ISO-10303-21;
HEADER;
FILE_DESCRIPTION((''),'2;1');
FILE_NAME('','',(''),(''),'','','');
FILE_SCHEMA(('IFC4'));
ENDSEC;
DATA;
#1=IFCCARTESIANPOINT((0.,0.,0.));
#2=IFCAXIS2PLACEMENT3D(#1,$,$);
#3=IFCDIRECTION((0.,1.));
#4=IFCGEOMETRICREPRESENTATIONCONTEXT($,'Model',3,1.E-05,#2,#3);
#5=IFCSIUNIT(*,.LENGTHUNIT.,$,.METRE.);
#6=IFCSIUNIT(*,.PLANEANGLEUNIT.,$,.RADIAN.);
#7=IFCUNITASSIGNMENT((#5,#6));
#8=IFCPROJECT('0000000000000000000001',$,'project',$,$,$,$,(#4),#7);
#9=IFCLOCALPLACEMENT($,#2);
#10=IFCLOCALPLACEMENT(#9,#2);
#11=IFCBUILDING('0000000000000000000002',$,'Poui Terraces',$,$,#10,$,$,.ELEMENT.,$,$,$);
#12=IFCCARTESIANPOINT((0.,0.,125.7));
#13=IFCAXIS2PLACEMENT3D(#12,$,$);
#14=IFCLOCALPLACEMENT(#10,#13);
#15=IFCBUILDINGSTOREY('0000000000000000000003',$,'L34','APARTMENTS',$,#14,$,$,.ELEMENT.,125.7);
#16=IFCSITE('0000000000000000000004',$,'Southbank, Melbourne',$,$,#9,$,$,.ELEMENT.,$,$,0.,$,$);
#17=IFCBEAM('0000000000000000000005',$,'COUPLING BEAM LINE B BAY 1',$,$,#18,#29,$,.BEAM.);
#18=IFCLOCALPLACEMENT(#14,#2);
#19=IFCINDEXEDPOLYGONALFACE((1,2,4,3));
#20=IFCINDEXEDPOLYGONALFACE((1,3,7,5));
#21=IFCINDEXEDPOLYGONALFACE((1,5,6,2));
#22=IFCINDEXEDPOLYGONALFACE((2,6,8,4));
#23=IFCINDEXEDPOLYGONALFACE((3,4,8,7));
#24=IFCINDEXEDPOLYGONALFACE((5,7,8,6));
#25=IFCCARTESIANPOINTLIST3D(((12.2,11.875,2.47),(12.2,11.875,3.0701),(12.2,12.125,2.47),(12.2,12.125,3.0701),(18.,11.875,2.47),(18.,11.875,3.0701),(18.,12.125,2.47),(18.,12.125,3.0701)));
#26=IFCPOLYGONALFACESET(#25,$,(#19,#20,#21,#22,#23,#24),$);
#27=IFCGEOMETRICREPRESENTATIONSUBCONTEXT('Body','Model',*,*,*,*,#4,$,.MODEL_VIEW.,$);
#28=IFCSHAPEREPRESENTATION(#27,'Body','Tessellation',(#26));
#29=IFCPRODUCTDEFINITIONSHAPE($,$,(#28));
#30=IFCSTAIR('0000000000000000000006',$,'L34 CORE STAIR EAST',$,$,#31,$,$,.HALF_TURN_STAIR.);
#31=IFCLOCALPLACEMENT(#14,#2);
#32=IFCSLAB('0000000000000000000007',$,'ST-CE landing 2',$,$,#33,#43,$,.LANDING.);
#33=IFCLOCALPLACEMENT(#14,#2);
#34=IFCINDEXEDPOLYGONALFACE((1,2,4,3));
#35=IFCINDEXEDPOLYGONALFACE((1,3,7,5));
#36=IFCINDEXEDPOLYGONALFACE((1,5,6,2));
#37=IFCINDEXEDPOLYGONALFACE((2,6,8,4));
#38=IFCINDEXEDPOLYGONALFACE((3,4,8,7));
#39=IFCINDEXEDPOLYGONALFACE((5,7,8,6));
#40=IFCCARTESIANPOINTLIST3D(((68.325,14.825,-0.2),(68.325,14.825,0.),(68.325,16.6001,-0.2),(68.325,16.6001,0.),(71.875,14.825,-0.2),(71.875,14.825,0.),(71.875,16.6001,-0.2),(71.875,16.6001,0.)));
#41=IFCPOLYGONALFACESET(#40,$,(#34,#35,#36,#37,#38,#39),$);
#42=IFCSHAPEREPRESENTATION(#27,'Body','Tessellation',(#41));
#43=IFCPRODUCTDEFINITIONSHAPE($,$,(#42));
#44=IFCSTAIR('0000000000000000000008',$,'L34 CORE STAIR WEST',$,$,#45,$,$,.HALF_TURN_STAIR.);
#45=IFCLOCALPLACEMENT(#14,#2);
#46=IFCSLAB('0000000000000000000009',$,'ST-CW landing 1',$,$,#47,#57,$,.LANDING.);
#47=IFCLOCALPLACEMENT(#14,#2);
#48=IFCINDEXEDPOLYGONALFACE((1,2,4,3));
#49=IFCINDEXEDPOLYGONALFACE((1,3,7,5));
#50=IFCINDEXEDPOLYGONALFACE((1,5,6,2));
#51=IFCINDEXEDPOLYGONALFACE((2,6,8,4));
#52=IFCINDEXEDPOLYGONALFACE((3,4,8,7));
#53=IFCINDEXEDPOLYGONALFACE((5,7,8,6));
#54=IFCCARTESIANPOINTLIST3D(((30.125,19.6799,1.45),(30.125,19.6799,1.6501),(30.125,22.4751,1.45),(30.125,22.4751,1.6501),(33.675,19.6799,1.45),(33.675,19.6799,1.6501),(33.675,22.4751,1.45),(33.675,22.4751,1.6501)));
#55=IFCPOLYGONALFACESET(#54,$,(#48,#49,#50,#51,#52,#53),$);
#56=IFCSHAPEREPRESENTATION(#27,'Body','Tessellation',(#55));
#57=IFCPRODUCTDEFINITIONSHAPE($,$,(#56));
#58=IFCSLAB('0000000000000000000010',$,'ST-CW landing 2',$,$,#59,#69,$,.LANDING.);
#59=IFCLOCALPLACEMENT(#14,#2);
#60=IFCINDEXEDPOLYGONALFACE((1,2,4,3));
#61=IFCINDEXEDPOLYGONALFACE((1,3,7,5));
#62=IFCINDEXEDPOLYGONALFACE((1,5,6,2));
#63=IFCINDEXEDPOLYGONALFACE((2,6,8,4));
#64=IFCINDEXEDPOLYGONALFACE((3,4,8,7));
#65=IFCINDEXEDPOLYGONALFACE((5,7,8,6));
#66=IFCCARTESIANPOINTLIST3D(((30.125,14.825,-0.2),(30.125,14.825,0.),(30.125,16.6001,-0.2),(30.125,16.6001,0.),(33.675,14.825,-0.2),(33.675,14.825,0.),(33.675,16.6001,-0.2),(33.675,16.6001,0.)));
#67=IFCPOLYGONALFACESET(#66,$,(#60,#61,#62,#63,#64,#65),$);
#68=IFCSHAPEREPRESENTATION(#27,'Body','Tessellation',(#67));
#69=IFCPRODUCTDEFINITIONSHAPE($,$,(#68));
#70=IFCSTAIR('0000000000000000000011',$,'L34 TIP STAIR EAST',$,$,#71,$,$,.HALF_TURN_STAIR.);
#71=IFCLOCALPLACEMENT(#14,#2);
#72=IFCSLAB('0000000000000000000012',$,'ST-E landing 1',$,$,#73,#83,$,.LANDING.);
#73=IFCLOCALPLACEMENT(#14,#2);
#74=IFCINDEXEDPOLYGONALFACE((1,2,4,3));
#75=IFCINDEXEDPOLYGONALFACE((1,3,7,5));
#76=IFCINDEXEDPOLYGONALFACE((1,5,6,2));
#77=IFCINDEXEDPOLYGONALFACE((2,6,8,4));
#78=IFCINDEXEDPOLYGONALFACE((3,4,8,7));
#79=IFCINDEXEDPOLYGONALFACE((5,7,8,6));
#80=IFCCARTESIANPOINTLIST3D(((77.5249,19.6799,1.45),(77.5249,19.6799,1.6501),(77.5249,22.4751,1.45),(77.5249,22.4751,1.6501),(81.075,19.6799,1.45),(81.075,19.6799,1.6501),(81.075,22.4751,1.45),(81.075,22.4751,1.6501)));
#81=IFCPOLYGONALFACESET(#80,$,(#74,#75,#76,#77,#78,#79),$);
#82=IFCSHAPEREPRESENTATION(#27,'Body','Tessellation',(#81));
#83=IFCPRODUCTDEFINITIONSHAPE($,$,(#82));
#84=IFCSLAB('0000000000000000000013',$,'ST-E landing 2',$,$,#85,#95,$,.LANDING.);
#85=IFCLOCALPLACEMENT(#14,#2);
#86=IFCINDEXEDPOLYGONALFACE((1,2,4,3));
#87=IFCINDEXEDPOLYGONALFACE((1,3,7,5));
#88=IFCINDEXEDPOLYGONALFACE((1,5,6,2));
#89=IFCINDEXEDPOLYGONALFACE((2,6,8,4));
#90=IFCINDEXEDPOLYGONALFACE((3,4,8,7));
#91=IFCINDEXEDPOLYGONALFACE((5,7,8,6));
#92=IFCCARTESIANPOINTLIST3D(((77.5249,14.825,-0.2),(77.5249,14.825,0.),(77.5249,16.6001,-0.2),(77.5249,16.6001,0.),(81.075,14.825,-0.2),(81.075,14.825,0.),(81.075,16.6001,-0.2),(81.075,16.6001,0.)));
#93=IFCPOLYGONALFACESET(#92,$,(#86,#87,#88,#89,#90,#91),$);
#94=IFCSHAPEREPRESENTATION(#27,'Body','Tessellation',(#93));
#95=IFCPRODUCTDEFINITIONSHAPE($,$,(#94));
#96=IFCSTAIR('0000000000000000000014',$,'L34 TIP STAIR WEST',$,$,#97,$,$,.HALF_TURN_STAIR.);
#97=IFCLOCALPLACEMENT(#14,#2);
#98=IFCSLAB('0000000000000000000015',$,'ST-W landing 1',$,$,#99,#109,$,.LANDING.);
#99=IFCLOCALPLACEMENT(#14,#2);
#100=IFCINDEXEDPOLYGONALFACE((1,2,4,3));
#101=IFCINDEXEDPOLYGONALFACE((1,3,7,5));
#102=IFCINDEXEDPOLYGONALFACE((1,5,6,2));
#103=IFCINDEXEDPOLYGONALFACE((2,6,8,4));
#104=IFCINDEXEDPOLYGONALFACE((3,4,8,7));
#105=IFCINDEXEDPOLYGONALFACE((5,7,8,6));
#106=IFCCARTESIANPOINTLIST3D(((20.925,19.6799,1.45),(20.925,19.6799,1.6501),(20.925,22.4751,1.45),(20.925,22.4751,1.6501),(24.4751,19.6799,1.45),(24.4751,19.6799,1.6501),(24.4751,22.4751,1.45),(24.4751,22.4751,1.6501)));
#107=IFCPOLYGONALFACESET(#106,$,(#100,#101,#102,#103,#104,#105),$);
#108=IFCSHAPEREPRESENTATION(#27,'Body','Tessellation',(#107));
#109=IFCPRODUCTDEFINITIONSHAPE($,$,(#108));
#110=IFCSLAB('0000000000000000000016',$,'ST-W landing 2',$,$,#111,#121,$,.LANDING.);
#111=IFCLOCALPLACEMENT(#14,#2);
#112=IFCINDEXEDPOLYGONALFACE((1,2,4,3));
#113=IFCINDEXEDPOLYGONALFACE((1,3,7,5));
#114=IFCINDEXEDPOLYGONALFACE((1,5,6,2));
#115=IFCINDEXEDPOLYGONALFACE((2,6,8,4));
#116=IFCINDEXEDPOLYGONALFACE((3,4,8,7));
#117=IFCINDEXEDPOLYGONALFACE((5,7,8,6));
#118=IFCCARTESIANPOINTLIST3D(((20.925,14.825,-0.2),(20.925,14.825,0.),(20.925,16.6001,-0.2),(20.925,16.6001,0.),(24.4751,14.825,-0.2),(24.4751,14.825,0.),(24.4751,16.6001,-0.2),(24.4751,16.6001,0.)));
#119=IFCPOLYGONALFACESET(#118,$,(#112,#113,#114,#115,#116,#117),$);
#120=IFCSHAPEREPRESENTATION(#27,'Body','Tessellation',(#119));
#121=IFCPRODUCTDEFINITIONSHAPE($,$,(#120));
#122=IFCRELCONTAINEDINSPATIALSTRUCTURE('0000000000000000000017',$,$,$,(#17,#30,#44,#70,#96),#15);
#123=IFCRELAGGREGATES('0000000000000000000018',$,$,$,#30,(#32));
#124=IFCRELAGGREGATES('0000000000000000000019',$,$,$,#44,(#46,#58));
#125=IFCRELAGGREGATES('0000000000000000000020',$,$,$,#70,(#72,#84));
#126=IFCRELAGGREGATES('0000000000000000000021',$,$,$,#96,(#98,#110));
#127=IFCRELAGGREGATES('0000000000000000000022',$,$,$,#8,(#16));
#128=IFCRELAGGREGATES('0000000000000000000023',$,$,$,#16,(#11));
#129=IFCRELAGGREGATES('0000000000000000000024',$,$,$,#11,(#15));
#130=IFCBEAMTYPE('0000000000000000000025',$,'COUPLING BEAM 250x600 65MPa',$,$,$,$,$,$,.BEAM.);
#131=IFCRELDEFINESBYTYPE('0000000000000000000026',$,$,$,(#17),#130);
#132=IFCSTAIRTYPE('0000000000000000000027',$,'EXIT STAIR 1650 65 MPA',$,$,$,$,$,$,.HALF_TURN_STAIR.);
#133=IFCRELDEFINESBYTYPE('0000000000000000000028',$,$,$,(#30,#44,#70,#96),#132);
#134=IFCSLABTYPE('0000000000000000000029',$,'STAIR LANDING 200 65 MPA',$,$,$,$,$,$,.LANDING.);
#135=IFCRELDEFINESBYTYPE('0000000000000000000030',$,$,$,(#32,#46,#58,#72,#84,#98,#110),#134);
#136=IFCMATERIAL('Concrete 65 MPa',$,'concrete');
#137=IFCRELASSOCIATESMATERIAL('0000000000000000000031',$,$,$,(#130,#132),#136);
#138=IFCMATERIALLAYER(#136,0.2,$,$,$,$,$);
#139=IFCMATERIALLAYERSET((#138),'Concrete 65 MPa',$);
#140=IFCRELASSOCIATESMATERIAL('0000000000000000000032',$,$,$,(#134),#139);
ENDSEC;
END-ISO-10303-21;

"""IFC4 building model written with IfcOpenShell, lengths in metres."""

from ifc_helpers import new_model, si_unit, direction, frame, origin, origin_2d, place, context, subcontext, project, spatial, polyline, rectangle, outline, extrude, source, transform, mapped, material, layer, layer_set, material_profile, profile_set, type_object, element, aggregate, save


model = new_model("IFC4")

# Units and contexts
model_context = context("Model", 3, precision=1e-05, world=origin(), true_north=direction((0.0, 1.0)))
body_context = subcontext(model_context, "Body", "Model", "MODEL_VIEW")
ifc_project = project(units=[si_unit("LENGTHUNIT", "METRE"), si_unit("PLANEANGLEUNIT", "RADIAN")], contexts=[model_context])

# Site, building, storey
site_placement = place(None, origin())
site = spatial("IfcSite", under=ifc_project, at=site_placement, Name="Southbank, Melbourne", CompositionType="ELEMENT", RefElevation=0.0)
building_placement = place(site_placement, origin())
building = spatial("IfcBuilding", under=site, at=building_placement, Name="Poui Terraces", CompositionType="ELEMENT")
storey_placement = place(building_placement, frame((0.0, 0.0, 125.7)))
storey = spatial("IfcBuildingStorey", under=building, at=storey_placement, Name="L34", Description="APARTMENTS", CompositionType="ELEMENT", Elevation=125.7)

# Beam
ifc_material_1 = material(Name="Concrete 65 MPa", Category="concrete")
ifc_material_profile = material_profile(ifc_material_1, rectangle(XDim=0.25, YDim=0.6001, at=origin_2d()), Name="RC 250x600")
ifc_profile_set = profile_set([ifc_material_profile], Name="Concrete 65 MPa")
beam_type = type_object("IfcBeamType", Name="COUPLING BEAM 250x600 65MPa", PredefinedType="BEAM", material=ifc_profile_set)
shared_shape_1 = source(origin(), body_context, "Body", "SweptSolid", [
    extrude(rectangle(XDim=0.25, YDim=0.6001, at=origin_2d()), origin(), (0.0, 0.0, 1.0), 5.8),
])
beam_placement = place(storey_placement, frame((12.2, 12.0, 2.77), z_axis=(1.0, 0.0, 0.0), x_axis=(0.0, 1.0, 0.0)))
element("IfcBeam", 1, at=beam_placement, inside=storey, type_object=beam_type, Name="COUPLING BEAM LINE B BAY 1", PredefinedType="BEAM", context=body_context, shape_type="MappedRepresentation", body=[
    mapped(shared_shape_1, transform((0.0, 0.0, 0.0))),
])

# Stair, slab
stair_type = type_object("IfcStairType", Name="EXIT STAIR 1650 65 MPA", PredefinedType="HALF_TURN_STAIR", material=ifc_material_1)
stair_1_placement = place(storey_placement, origin())
stair_1 = element("IfcStair", 2, at=stair_1_placement, inside=storey, type_object=stair_type, Name="L34 CORE STAIR EAST", PredefinedType="HALF_TURN_STAIR")
ifc_layer_1 = layer(ifc_material_1, 0.2)
ifc_layer_set_1 = layer_set([ifc_layer_1], Name="Concrete 65 MPa")
slab_type_1 = type_object("IfcSlabType", Name="STAIR LANDING 200 65 MPA", PredefinedType="LANDING", material=ifc_layer_set_1)
slab_1_placement = place(storey_placement, frame((0.0, 0.0, -0.2)))
slab_1 = element("IfcSlab", 3, at=slab_1_placement, type_object=slab_type_1, Name="ST-CE landing 2", PredefinedType="LANDING", context=body_context, shape_type="SweptSolid", body=[
    extrude(outline(polyline([(68.325, 14.825), (71.875, 14.825), (71.875, 16.6001), (68.325, 16.6001), (68.325, 14.825)])), origin(), (0.0, 0.0, 1.0), 0.2),
])
aggregate(stair_1, [slab_1])

# Stairs, slabs
stair_2_placement = place(storey_placement, origin())
stair_2 = element("IfcStair", 4, at=stair_2_placement, inside=storey, type_object=stair_type, Name="L34 CORE STAIR WEST", PredefinedType="HALF_TURN_STAIR")
slab_2_placement = place(storey_placement, frame((0.0, 0.0, 1.45)))
slab_2 = element("IfcSlab", 5, at=slab_2_placement, type_object=slab_type_1, Name="ST-CW landing 1", PredefinedType="LANDING", context=body_context, shape_type="SweptSolid", body=[
    extrude(outline(polyline([(30.125, 19.6799), (33.675, 19.6799), (33.675, 22.4751), (30.125, 22.4751), (30.125, 19.6799)])), origin(), (0.0, 0.0, 1.0), 0.2002),
])
slab_3_placement = place(storey_placement, frame((0.0, 0.0, -0.2)))
slab_3 = element("IfcSlab", 6, at=slab_3_placement, type_object=slab_type_1, Name="ST-CW landing 2", PredefinedType="LANDING", context=body_context, shape_type="SweptSolid", body=[
    extrude(outline(polyline([(30.125, 14.825), (33.675, 14.825), (33.675, 16.6001), (30.125, 16.6001), (30.125, 14.825)])), origin(), (0.0, 0.0, 1.0), 0.2),
])
aggregate(stair_2, [slab_2, slab_3])
stair_3_placement = place(storey_placement, origin())
stair_3 = element("IfcStair", 7, at=stair_3_placement, inside=storey, type_object=stair_type, Name="L34 TIP STAIR EAST", PredefinedType="HALF_TURN_STAIR")
slab_4_placement = place(storey_placement, frame((0.0, 0.0, 1.45)))
slab_4 = element("IfcSlab", 8, at=slab_4_placement, type_object=slab_type_1, Name="ST-E landing 1", PredefinedType="LANDING", context=body_context, shape_type="SweptSolid", body=[
    extrude(outline(polyline([(77.5249, 19.6799), (81.075, 19.6799), (81.075, 22.4751), (77.5249, 22.4751), (77.5249, 19.6799)])), origin(), (0.0, 0.0, 1.0), 0.2002),
])
slab_5_placement = place(storey_placement, frame((0.0, 0.0, -0.2)))
slab_5 = element("IfcSlab", 9, at=slab_5_placement, type_object=slab_type_1, Name="ST-E landing 2", PredefinedType="LANDING", context=body_context, shape_type="SweptSolid", body=[
    extrude(outline(polyline([(77.5249, 14.825), (81.075, 14.825), (81.075, 16.6001), (77.5249, 16.6001), (77.5249, 14.825)])), origin(), (0.0, 0.0, 1.0), 0.2),
])
aggregate(stair_3, [slab_4, slab_5])
stair_4_placement = place(storey_placement, origin())
stair_4 = element("IfcStair", 10, at=stair_4_placement, inside=storey, type_object=stair_type, Name="L34 TIP STAIR WEST", PredefinedType="HALF_TURN_STAIR")
slab_6_placement = place(storey_placement, frame((0.0, 0.0, 1.45)))
slab_6 = element("IfcSlab", 11, at=slab_6_placement, type_object=slab_type_1, Name="ST-W landing 1", PredefinedType="LANDING", context=body_context, shape_type="SweptSolid", body=[
    extrude(outline(polyline([(20.925, 19.6799), (24.4751, 19.6799), (24.4751, 22.4751), (20.925, 22.4751), (20.925, 19.6799)])), origin(), (0.0, 0.0, 1.0), 0.2002),
])
slab_7_placement = place(storey_placement, frame((0.0, 0.0, -0.2)))
slab_7 = element("IfcSlab", 12, at=slab_7_placement, type_object=slab_type_1, Name="ST-W landing 2", PredefinedType="LANDING", context=body_context, shape_type="SweptSolid", body=[
    extrude(outline(polyline([(20.925, 14.825), (24.4751, 14.825), (24.4751, 16.6001), (20.925, 16.6001), (20.925, 14.825)])), origin(), (0.0, 0.0, 1.0), 0.2),
])
aggregate(stair_4, [slab_6, slab_7])

save(model, "model.ifc")
